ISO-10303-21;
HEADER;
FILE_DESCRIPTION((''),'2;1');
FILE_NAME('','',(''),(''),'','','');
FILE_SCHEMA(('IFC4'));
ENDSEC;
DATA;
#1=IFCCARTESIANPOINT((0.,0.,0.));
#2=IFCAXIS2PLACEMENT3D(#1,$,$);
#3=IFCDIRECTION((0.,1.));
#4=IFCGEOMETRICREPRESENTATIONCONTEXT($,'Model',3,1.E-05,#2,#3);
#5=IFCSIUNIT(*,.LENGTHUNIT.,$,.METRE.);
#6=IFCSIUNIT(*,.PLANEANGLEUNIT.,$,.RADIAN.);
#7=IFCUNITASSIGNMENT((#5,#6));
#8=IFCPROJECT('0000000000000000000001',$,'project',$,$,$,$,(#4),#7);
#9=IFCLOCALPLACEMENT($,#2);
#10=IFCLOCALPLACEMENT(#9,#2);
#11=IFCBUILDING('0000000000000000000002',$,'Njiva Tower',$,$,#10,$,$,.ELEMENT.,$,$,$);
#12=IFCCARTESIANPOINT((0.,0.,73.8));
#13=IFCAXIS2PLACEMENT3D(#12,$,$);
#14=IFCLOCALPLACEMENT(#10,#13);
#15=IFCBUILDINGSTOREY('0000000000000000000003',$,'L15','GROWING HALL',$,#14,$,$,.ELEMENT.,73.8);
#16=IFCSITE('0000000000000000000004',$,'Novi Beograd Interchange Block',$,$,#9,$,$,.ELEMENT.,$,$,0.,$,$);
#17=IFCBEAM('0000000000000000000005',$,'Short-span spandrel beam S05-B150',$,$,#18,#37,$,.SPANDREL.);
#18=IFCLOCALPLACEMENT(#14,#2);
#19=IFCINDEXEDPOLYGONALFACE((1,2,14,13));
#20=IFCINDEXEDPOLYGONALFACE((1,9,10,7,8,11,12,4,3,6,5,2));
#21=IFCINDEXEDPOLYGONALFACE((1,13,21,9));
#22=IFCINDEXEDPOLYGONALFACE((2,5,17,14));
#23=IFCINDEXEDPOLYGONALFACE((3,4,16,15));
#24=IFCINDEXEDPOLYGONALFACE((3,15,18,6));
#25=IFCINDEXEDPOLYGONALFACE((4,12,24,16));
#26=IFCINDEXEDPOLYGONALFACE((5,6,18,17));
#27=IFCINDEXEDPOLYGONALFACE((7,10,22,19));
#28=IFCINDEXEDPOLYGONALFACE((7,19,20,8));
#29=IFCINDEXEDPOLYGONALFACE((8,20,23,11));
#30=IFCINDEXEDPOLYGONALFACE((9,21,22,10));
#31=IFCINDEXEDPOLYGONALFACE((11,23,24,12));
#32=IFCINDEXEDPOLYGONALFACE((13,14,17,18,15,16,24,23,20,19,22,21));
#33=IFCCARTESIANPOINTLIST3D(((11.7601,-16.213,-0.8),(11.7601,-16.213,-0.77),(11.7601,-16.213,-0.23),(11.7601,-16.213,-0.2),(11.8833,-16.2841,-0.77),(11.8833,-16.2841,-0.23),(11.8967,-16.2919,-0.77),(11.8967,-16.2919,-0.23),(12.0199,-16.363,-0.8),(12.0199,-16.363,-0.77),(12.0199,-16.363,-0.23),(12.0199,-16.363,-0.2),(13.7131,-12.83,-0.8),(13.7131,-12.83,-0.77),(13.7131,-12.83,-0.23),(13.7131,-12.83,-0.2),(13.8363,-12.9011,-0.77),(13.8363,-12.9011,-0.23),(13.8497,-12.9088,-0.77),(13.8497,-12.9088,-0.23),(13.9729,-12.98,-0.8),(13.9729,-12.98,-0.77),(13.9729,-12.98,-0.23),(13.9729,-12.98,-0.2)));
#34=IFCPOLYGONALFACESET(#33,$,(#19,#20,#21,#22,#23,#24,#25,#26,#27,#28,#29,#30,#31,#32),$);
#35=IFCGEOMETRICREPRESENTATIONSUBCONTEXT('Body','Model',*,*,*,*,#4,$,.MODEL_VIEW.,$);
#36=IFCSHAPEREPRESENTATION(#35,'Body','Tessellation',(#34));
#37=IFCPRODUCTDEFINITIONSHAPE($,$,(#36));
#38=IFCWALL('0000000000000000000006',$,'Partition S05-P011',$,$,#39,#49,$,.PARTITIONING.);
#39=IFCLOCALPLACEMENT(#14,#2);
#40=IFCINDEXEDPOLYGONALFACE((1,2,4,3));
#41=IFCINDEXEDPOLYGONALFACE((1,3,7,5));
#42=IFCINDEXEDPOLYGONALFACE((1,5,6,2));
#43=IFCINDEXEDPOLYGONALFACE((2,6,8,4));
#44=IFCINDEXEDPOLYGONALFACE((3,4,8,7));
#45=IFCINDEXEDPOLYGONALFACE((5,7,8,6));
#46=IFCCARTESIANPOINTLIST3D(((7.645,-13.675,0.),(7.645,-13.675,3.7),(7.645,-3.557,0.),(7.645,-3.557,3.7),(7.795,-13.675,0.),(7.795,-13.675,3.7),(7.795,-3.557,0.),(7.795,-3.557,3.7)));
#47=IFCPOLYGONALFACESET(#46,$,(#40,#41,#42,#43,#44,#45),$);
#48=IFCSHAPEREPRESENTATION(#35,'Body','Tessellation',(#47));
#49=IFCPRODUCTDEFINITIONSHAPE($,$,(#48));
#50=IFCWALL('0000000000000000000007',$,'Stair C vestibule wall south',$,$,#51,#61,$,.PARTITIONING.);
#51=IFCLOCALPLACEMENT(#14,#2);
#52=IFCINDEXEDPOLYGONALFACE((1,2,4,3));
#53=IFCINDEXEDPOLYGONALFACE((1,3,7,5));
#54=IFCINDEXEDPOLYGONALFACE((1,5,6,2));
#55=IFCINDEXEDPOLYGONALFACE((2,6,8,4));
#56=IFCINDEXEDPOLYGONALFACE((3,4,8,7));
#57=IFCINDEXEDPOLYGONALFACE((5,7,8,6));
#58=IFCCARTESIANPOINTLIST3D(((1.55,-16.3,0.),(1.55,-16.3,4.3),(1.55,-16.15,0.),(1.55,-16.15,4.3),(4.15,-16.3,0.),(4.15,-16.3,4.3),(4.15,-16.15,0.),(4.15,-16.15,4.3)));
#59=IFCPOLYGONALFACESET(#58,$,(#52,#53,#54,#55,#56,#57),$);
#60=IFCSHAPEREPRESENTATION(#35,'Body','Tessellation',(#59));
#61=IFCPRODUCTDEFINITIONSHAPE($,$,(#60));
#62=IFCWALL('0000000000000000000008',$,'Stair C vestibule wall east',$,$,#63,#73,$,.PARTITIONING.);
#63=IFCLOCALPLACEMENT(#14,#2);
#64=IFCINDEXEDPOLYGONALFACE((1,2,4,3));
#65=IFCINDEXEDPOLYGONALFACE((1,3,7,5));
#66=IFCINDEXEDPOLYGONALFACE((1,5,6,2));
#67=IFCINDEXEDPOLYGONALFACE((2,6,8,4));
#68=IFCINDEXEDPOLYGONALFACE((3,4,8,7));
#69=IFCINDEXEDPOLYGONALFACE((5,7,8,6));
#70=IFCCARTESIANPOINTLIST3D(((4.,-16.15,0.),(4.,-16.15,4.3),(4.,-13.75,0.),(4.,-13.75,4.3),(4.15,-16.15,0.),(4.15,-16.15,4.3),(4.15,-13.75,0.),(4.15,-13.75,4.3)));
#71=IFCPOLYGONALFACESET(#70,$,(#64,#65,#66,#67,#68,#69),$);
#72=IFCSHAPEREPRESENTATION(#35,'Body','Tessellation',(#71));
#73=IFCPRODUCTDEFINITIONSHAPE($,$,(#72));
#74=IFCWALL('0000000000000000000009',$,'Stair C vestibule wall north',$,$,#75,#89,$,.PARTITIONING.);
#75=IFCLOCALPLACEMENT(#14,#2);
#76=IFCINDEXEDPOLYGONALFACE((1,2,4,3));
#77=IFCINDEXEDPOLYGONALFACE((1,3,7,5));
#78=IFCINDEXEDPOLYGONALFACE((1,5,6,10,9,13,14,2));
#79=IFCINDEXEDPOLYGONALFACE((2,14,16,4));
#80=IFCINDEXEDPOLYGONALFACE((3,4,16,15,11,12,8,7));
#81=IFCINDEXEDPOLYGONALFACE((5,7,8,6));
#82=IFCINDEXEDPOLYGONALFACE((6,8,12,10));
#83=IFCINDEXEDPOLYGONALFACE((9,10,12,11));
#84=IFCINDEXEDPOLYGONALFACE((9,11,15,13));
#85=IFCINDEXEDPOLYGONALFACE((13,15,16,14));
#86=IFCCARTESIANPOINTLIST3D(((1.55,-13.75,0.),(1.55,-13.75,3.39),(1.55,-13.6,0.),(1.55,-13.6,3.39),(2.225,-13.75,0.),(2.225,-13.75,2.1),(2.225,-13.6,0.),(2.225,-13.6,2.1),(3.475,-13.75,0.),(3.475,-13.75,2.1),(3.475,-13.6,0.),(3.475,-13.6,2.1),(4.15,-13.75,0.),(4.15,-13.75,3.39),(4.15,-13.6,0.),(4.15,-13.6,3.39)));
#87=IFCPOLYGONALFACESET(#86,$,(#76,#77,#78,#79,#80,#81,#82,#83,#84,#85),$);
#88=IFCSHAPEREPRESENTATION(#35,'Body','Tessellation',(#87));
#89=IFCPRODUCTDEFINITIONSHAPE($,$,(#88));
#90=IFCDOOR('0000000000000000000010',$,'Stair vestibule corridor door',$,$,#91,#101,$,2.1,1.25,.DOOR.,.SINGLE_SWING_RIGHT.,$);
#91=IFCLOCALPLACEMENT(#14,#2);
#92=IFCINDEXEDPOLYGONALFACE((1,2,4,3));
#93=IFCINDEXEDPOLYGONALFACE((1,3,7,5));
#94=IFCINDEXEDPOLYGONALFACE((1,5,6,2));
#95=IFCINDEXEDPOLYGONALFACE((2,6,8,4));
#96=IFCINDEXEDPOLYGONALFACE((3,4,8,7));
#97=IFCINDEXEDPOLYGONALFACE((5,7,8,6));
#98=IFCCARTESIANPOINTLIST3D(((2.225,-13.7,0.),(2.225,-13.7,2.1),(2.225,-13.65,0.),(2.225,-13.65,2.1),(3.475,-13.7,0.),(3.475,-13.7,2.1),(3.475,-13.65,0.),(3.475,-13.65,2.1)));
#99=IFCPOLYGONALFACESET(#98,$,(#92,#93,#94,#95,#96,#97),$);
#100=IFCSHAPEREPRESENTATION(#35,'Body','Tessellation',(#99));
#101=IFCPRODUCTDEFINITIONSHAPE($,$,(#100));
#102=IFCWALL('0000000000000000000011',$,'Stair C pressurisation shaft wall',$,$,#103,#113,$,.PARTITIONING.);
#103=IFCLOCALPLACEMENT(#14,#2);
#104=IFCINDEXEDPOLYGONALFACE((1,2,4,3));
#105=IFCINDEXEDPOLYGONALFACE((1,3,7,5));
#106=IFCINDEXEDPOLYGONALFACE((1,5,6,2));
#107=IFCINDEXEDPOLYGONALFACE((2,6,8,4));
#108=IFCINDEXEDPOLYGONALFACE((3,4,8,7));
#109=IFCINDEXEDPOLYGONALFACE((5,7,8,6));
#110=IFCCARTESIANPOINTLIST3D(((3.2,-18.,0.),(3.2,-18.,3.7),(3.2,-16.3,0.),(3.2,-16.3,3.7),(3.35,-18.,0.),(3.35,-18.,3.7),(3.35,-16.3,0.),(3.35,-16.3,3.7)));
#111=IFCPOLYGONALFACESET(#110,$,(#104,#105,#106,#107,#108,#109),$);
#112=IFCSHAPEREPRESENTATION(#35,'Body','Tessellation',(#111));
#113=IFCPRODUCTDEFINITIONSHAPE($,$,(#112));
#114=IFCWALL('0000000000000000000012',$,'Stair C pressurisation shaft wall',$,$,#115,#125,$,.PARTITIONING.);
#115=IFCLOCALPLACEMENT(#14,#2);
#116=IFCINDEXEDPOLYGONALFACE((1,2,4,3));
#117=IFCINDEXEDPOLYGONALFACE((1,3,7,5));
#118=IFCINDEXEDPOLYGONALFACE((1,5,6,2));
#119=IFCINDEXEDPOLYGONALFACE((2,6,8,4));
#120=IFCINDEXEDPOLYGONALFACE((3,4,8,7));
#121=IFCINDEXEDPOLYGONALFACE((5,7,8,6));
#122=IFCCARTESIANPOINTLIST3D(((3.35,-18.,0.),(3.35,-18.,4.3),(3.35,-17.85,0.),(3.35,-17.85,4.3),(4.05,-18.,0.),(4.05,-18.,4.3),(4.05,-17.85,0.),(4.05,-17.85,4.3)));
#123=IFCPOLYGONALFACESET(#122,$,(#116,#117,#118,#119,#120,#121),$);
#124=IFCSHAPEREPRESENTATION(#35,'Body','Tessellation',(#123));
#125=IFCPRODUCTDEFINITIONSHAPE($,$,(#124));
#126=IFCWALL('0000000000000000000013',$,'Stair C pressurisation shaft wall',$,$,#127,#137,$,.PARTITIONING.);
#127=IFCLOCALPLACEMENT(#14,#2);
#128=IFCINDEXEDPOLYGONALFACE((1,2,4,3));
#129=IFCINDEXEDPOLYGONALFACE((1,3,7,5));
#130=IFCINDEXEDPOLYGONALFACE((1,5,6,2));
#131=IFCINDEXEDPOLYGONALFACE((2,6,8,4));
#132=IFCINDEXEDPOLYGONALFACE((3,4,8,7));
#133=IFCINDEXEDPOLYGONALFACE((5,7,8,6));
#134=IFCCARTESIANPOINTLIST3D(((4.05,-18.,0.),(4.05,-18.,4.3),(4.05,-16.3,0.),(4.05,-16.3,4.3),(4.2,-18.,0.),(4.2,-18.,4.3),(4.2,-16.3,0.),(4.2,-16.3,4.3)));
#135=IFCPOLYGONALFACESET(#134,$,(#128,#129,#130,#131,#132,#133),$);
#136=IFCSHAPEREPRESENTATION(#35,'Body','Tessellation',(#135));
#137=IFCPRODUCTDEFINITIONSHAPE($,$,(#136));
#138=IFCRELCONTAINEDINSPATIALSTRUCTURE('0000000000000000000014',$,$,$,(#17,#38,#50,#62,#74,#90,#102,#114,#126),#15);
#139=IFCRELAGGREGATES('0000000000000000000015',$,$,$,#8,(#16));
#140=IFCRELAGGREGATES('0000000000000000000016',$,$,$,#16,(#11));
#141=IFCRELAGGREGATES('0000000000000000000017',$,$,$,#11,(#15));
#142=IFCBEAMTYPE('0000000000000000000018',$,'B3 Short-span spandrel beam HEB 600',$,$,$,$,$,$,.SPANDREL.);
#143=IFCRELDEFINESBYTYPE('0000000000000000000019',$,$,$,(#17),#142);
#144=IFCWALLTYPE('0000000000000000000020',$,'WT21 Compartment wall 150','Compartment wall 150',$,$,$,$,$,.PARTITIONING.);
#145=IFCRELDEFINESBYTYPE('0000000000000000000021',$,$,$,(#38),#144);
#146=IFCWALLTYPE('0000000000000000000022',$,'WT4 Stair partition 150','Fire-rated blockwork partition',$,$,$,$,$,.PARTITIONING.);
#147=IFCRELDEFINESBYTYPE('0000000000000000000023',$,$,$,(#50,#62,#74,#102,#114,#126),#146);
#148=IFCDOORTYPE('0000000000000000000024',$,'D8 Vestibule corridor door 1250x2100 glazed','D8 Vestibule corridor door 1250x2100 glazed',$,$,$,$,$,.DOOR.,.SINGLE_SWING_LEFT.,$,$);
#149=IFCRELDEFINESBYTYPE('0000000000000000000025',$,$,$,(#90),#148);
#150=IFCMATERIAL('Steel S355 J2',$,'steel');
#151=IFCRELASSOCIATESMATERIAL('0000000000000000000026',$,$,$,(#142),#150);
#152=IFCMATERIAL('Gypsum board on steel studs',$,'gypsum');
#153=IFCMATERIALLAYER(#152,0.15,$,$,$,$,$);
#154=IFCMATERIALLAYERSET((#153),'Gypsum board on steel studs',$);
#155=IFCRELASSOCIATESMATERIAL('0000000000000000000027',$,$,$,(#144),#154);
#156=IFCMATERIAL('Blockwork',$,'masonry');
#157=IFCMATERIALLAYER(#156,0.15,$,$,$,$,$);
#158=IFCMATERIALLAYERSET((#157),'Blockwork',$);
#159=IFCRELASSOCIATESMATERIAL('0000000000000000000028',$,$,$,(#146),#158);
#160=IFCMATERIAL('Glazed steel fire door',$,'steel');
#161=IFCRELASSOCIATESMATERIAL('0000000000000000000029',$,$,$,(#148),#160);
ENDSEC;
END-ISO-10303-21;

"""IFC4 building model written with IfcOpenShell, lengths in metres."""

from ifc_helpers import new_model, si_unit, direction, frame, frame_2d, origin, origin_2d, place, context, subcontext, project, spatial, rectangle, i_section, extrude, material, layer, layer_set, material_profile, profile_set, type_object, element, fill, save


model = new_model("IFC4")

# Units and contexts
model_context = context("Model", 3, precision=1e-05, world=origin(), true_north=direction((0.0, 1.0)))
body_context = subcontext(model_context, "Body", "Model", "MODEL_VIEW")
ifc_project = project(units=[si_unit("LENGTHUNIT", "METRE"), si_unit("PLANEANGLEUNIT", "RADIAN")], contexts=[model_context])

# Site, building, storey
site_placement = place(None, origin())
site = spatial("IfcSite", under=ifc_project, at=site_placement, Name="Novi Beograd Interchange Block", CompositionType="ELEMENT", RefElevation=0.0)
building_placement = place(site_placement, origin())
building = spatial("IfcBuilding", under=site, at=building_placement, Name="Njiva Tower", CompositionType="ELEMENT")
storey_placement = place(building_placement, frame((0.0, 0.0, 73.8)))
storey = spatial("IfcBuildingStorey", under=building, at=storey_placement, Name="L15", Description="GROWING HALL", CompositionType="ELEMENT", Elevation=73.8)

# Shared definitions
ifc_material_1 = material(Name="Steel S355 J2", Category="steel")

# Beam
ifc_material_profile_1 = material_profile(ifc_material_1, i_section(OverallWidth=0.3, OverallDepth=0.6, WebThickness=0.0155, FlangeThickness=0.03, at=origin_2d()), Name="HEB 600")
ifc_profile_set_1 = profile_set([ifc_material_profile_1], Name="Steel S355 J2")
beam_type_1 = type_object("IfcBeamType", Name="B3 Short-span spandrel beam HEB 600", PredefinedType="SPANDREL", material=ifc_profile_set_1)
beam_1_placement = place(storey_placement, frame((11.89, -16.288, -0.5), z_axis=(0.499966, 0.866045, 0.0), x_axis=(-0.866045, 0.499966, 0.0)))
element("IfcBeam", 1, at=beam_1_placement, inside=storey, type_object=beam_type_1, Name="Short-span spandrel beam S05-B150", PredefinedType="SPANDREL", context=body_context, shape_type="SweptSolid", body=[
    extrude(i_section(OverallWidth=0.3, OverallDepth=0.6, WebThickness=0.0155, FlangeThickness=0.03, at=origin_2d()), origin(), (0.0, 0.0, 1.0), 3.9063),
])

# Walls
ifc_material_2 = material(Name="Gypsum board on steel studs", Category="gypsum")
ifc_layer_1 = layer(ifc_material_2, 0.15)
ifc_layer_set_1 = layer_set([ifc_layer_1], Name="Gypsum board on steel studs")
wall_type_1 = type_object("IfcWallType", Name="WT21 Compartment wall 150", Description="Compartment wall 150", PredefinedType="PARTITIONING", material=ifc_layer_set_1)
wall_1_placement = place(storey_placement, frame((7.72, -13.675, 0.0), z_axis=(0.0, 0.0, 1.0), x_axis=(0.0, 1.0, 0.0)))
element("IfcWall", 2, at=wall_1_placement, inside=storey, type_object=wall_type_1, Name="Partition S05-P011", PredefinedType="PARTITIONING", context=body_context, shape_type="SweptSolid", body=[
    extrude(rectangle(XDim=10.118, YDim=0.15, at=frame_2d((5.059, 0.0))), origin(), (0.0, 0.0, 1.0), 3.7),
])
ifc_material_3 = material(Name="Blockwork", Category="masonry")
ifc_layer_2 = layer(ifc_material_3, 0.15)
ifc_layer_set_2 = layer_set([ifc_layer_2], Name="Blockwork")
wall_type_2 = type_object("IfcWallType", Name="WT4 Stair partition 150", Description="Fire-rated blockwork partition", PredefinedType="PARTITIONING", material=ifc_layer_set_2)
wall_2_placement = place(storey_placement, frame((1.55, -16.225, 0.0), z_axis=(0.0, 0.0, 1.0), x_axis=(1.0, 0.0, 0.0)))
element("IfcWall", 3, at=wall_2_placement, inside=storey, type_object=wall_type_2, Name="Stair C vestibule wall south", PredefinedType="PARTITIONING", context=body_context, shape_type="SweptSolid", body=[
    extrude(rectangle(XDim=2.6, YDim=0.15, at=frame_2d((1.3, 0.0))), origin(), (0.0, 0.0, 1.0), 4.3),
])
wall_3_placement = place(storey_placement, frame((4.075, -16.15, 0.0), z_axis=(0.0, 0.0, 1.0), x_axis=(0.0, 1.0, 0.0)))
element("IfcWall", 4, at=wall_3_placement, inside=storey, type_object=wall_type_2, Name="Stair C vestibule wall east", PredefinedType="PARTITIONING", context=body_context, shape_type="SweptSolid", body=[
    extrude(rectangle(XDim=2.4, YDim=0.15, at=frame_2d((1.2, 0.0))), origin(), (0.0, 0.0, 1.0), 4.3),
])

# Wall, opening, door
wall_4_placement = place(storey_placement, frame((1.55, -13.675, 0.0), z_axis=(0.0, 0.0, 1.0), x_axis=(1.0, 0.0, 0.0)))
wall_4 = element("IfcWall", 5, at=wall_4_placement, inside=storey, type_object=wall_type_2, Name="Stair C vestibule wall north", PredefinedType="PARTITIONING", context=body_context, shape_type="SweptSolid", body=[
    extrude(rectangle(XDim=2.6, YDim=0.15, at=frame_2d((1.3, 0.0))), origin(), (0.0, 0.0, 1.0), 3.39),
])
opening_placement = place(wall_4_placement, frame((0.675, 0.0, 0.0)))
opening = element("IfcOpeningElement", 6, at=opening_placement, cuts=wall_4, PredefinedType="OPENING", context=body_context, shape_type="SweptSolid", body=[
    extrude(rectangle(XDim=1.25, YDim=2.1, at=frame_2d((0.625, 1.05))), frame((0.0, 0.085, 0.0), z_axis=(0.0, -1.0, 0.0), x_axis=(1.0, 0.0, 0.0)), (0.0, 0.0, 1.0), 0.17),
])
ifc_material_4 = material(Name="Glazed steel fire door", Category="steel")
door_type = type_object("IfcDoorType", Name="D8 Vestibule corridor door 1250x2100 glazed", Description="D8 Vestibule corridor door 1250x2100 glazed", OperationType="SINGLE_SWING_LEFT", PredefinedType="DOOR", material=ifc_material_4)
door_placement = place(opening_placement, origin())
door = element("IfcDoor", 7, at=door_placement, inside=storey, type_object=door_type, Name="Stair vestibule corridor door", OperationType="SINGLE_SWING_RIGHT", OverallHeight=2.1, OverallWidth=1.25, PredefinedType="DOOR", context=body_context, shape_type="SweptSolid", body=[
    extrude(rectangle(XDim=1.25, YDim=2.1, at=frame_2d((0.625, 1.05))), frame((0.0, 0.025, 0.0), z_axis=(0.0, -1.0, 0.0), x_axis=(1.0, 0.0, 0.0)), (0.0, 0.0, 1.0), 0.05),
])
fill(opening, door)

# Walls
wall_5_placement = place(storey_placement, frame((3.275, -18.0, 0.0), z_axis=(0.0, 0.0, 1.0), x_axis=(0.0, 1.0, 0.0)))
element("IfcWall", 8, at=wall_5_placement, inside=storey, type_object=wall_type_2, Name="Stair C pressurisation shaft wall", PredefinedType="PARTITIONING", context=body_context, shape_type="SweptSolid", body=[
    extrude(rectangle(XDim=1.7, YDim=0.15, at=frame_2d((0.85, 0.0))), origin(), (0.0, 0.0, 1.0), 3.7),
])
wall_6_placement = place(storey_placement, frame((3.35, -17.925, 0.0), z_axis=(0.0, 0.0, 1.0), x_axis=(1.0, 0.0, 0.0)))
element("IfcWall", 9, at=wall_6_placement, inside=storey, type_object=wall_type_2, Name="Stair C pressurisation shaft wall", PredefinedType="PARTITIONING", context=body_context, shape_type="SweptSolid", body=[
    extrude(rectangle(XDim=0.7, YDim=0.15, at=frame_2d((0.35, 0.0))), origin(), (0.0, 0.0, 1.0), 4.3),
])
wall_7_placement = place(storey_placement, frame((4.125, -18.0, 0.0), z_axis=(0.0, 0.0, 1.0), x_axis=(0.0, 1.0, 0.0)))
element("IfcWall", 10, at=wall_7_placement, inside=storey, type_object=wall_type_2, Name="Stair C pressurisation shaft wall", PredefinedType="PARTITIONING", context=body_context, shape_type="SweptSolid", body=[
    extrude(rectangle(XDim=1.7, YDim=0.15, at=frame_2d((0.85, 0.0))), origin(), (0.0, 0.0, 1.0), 4.3),
])

save(model, "model.ifc")
